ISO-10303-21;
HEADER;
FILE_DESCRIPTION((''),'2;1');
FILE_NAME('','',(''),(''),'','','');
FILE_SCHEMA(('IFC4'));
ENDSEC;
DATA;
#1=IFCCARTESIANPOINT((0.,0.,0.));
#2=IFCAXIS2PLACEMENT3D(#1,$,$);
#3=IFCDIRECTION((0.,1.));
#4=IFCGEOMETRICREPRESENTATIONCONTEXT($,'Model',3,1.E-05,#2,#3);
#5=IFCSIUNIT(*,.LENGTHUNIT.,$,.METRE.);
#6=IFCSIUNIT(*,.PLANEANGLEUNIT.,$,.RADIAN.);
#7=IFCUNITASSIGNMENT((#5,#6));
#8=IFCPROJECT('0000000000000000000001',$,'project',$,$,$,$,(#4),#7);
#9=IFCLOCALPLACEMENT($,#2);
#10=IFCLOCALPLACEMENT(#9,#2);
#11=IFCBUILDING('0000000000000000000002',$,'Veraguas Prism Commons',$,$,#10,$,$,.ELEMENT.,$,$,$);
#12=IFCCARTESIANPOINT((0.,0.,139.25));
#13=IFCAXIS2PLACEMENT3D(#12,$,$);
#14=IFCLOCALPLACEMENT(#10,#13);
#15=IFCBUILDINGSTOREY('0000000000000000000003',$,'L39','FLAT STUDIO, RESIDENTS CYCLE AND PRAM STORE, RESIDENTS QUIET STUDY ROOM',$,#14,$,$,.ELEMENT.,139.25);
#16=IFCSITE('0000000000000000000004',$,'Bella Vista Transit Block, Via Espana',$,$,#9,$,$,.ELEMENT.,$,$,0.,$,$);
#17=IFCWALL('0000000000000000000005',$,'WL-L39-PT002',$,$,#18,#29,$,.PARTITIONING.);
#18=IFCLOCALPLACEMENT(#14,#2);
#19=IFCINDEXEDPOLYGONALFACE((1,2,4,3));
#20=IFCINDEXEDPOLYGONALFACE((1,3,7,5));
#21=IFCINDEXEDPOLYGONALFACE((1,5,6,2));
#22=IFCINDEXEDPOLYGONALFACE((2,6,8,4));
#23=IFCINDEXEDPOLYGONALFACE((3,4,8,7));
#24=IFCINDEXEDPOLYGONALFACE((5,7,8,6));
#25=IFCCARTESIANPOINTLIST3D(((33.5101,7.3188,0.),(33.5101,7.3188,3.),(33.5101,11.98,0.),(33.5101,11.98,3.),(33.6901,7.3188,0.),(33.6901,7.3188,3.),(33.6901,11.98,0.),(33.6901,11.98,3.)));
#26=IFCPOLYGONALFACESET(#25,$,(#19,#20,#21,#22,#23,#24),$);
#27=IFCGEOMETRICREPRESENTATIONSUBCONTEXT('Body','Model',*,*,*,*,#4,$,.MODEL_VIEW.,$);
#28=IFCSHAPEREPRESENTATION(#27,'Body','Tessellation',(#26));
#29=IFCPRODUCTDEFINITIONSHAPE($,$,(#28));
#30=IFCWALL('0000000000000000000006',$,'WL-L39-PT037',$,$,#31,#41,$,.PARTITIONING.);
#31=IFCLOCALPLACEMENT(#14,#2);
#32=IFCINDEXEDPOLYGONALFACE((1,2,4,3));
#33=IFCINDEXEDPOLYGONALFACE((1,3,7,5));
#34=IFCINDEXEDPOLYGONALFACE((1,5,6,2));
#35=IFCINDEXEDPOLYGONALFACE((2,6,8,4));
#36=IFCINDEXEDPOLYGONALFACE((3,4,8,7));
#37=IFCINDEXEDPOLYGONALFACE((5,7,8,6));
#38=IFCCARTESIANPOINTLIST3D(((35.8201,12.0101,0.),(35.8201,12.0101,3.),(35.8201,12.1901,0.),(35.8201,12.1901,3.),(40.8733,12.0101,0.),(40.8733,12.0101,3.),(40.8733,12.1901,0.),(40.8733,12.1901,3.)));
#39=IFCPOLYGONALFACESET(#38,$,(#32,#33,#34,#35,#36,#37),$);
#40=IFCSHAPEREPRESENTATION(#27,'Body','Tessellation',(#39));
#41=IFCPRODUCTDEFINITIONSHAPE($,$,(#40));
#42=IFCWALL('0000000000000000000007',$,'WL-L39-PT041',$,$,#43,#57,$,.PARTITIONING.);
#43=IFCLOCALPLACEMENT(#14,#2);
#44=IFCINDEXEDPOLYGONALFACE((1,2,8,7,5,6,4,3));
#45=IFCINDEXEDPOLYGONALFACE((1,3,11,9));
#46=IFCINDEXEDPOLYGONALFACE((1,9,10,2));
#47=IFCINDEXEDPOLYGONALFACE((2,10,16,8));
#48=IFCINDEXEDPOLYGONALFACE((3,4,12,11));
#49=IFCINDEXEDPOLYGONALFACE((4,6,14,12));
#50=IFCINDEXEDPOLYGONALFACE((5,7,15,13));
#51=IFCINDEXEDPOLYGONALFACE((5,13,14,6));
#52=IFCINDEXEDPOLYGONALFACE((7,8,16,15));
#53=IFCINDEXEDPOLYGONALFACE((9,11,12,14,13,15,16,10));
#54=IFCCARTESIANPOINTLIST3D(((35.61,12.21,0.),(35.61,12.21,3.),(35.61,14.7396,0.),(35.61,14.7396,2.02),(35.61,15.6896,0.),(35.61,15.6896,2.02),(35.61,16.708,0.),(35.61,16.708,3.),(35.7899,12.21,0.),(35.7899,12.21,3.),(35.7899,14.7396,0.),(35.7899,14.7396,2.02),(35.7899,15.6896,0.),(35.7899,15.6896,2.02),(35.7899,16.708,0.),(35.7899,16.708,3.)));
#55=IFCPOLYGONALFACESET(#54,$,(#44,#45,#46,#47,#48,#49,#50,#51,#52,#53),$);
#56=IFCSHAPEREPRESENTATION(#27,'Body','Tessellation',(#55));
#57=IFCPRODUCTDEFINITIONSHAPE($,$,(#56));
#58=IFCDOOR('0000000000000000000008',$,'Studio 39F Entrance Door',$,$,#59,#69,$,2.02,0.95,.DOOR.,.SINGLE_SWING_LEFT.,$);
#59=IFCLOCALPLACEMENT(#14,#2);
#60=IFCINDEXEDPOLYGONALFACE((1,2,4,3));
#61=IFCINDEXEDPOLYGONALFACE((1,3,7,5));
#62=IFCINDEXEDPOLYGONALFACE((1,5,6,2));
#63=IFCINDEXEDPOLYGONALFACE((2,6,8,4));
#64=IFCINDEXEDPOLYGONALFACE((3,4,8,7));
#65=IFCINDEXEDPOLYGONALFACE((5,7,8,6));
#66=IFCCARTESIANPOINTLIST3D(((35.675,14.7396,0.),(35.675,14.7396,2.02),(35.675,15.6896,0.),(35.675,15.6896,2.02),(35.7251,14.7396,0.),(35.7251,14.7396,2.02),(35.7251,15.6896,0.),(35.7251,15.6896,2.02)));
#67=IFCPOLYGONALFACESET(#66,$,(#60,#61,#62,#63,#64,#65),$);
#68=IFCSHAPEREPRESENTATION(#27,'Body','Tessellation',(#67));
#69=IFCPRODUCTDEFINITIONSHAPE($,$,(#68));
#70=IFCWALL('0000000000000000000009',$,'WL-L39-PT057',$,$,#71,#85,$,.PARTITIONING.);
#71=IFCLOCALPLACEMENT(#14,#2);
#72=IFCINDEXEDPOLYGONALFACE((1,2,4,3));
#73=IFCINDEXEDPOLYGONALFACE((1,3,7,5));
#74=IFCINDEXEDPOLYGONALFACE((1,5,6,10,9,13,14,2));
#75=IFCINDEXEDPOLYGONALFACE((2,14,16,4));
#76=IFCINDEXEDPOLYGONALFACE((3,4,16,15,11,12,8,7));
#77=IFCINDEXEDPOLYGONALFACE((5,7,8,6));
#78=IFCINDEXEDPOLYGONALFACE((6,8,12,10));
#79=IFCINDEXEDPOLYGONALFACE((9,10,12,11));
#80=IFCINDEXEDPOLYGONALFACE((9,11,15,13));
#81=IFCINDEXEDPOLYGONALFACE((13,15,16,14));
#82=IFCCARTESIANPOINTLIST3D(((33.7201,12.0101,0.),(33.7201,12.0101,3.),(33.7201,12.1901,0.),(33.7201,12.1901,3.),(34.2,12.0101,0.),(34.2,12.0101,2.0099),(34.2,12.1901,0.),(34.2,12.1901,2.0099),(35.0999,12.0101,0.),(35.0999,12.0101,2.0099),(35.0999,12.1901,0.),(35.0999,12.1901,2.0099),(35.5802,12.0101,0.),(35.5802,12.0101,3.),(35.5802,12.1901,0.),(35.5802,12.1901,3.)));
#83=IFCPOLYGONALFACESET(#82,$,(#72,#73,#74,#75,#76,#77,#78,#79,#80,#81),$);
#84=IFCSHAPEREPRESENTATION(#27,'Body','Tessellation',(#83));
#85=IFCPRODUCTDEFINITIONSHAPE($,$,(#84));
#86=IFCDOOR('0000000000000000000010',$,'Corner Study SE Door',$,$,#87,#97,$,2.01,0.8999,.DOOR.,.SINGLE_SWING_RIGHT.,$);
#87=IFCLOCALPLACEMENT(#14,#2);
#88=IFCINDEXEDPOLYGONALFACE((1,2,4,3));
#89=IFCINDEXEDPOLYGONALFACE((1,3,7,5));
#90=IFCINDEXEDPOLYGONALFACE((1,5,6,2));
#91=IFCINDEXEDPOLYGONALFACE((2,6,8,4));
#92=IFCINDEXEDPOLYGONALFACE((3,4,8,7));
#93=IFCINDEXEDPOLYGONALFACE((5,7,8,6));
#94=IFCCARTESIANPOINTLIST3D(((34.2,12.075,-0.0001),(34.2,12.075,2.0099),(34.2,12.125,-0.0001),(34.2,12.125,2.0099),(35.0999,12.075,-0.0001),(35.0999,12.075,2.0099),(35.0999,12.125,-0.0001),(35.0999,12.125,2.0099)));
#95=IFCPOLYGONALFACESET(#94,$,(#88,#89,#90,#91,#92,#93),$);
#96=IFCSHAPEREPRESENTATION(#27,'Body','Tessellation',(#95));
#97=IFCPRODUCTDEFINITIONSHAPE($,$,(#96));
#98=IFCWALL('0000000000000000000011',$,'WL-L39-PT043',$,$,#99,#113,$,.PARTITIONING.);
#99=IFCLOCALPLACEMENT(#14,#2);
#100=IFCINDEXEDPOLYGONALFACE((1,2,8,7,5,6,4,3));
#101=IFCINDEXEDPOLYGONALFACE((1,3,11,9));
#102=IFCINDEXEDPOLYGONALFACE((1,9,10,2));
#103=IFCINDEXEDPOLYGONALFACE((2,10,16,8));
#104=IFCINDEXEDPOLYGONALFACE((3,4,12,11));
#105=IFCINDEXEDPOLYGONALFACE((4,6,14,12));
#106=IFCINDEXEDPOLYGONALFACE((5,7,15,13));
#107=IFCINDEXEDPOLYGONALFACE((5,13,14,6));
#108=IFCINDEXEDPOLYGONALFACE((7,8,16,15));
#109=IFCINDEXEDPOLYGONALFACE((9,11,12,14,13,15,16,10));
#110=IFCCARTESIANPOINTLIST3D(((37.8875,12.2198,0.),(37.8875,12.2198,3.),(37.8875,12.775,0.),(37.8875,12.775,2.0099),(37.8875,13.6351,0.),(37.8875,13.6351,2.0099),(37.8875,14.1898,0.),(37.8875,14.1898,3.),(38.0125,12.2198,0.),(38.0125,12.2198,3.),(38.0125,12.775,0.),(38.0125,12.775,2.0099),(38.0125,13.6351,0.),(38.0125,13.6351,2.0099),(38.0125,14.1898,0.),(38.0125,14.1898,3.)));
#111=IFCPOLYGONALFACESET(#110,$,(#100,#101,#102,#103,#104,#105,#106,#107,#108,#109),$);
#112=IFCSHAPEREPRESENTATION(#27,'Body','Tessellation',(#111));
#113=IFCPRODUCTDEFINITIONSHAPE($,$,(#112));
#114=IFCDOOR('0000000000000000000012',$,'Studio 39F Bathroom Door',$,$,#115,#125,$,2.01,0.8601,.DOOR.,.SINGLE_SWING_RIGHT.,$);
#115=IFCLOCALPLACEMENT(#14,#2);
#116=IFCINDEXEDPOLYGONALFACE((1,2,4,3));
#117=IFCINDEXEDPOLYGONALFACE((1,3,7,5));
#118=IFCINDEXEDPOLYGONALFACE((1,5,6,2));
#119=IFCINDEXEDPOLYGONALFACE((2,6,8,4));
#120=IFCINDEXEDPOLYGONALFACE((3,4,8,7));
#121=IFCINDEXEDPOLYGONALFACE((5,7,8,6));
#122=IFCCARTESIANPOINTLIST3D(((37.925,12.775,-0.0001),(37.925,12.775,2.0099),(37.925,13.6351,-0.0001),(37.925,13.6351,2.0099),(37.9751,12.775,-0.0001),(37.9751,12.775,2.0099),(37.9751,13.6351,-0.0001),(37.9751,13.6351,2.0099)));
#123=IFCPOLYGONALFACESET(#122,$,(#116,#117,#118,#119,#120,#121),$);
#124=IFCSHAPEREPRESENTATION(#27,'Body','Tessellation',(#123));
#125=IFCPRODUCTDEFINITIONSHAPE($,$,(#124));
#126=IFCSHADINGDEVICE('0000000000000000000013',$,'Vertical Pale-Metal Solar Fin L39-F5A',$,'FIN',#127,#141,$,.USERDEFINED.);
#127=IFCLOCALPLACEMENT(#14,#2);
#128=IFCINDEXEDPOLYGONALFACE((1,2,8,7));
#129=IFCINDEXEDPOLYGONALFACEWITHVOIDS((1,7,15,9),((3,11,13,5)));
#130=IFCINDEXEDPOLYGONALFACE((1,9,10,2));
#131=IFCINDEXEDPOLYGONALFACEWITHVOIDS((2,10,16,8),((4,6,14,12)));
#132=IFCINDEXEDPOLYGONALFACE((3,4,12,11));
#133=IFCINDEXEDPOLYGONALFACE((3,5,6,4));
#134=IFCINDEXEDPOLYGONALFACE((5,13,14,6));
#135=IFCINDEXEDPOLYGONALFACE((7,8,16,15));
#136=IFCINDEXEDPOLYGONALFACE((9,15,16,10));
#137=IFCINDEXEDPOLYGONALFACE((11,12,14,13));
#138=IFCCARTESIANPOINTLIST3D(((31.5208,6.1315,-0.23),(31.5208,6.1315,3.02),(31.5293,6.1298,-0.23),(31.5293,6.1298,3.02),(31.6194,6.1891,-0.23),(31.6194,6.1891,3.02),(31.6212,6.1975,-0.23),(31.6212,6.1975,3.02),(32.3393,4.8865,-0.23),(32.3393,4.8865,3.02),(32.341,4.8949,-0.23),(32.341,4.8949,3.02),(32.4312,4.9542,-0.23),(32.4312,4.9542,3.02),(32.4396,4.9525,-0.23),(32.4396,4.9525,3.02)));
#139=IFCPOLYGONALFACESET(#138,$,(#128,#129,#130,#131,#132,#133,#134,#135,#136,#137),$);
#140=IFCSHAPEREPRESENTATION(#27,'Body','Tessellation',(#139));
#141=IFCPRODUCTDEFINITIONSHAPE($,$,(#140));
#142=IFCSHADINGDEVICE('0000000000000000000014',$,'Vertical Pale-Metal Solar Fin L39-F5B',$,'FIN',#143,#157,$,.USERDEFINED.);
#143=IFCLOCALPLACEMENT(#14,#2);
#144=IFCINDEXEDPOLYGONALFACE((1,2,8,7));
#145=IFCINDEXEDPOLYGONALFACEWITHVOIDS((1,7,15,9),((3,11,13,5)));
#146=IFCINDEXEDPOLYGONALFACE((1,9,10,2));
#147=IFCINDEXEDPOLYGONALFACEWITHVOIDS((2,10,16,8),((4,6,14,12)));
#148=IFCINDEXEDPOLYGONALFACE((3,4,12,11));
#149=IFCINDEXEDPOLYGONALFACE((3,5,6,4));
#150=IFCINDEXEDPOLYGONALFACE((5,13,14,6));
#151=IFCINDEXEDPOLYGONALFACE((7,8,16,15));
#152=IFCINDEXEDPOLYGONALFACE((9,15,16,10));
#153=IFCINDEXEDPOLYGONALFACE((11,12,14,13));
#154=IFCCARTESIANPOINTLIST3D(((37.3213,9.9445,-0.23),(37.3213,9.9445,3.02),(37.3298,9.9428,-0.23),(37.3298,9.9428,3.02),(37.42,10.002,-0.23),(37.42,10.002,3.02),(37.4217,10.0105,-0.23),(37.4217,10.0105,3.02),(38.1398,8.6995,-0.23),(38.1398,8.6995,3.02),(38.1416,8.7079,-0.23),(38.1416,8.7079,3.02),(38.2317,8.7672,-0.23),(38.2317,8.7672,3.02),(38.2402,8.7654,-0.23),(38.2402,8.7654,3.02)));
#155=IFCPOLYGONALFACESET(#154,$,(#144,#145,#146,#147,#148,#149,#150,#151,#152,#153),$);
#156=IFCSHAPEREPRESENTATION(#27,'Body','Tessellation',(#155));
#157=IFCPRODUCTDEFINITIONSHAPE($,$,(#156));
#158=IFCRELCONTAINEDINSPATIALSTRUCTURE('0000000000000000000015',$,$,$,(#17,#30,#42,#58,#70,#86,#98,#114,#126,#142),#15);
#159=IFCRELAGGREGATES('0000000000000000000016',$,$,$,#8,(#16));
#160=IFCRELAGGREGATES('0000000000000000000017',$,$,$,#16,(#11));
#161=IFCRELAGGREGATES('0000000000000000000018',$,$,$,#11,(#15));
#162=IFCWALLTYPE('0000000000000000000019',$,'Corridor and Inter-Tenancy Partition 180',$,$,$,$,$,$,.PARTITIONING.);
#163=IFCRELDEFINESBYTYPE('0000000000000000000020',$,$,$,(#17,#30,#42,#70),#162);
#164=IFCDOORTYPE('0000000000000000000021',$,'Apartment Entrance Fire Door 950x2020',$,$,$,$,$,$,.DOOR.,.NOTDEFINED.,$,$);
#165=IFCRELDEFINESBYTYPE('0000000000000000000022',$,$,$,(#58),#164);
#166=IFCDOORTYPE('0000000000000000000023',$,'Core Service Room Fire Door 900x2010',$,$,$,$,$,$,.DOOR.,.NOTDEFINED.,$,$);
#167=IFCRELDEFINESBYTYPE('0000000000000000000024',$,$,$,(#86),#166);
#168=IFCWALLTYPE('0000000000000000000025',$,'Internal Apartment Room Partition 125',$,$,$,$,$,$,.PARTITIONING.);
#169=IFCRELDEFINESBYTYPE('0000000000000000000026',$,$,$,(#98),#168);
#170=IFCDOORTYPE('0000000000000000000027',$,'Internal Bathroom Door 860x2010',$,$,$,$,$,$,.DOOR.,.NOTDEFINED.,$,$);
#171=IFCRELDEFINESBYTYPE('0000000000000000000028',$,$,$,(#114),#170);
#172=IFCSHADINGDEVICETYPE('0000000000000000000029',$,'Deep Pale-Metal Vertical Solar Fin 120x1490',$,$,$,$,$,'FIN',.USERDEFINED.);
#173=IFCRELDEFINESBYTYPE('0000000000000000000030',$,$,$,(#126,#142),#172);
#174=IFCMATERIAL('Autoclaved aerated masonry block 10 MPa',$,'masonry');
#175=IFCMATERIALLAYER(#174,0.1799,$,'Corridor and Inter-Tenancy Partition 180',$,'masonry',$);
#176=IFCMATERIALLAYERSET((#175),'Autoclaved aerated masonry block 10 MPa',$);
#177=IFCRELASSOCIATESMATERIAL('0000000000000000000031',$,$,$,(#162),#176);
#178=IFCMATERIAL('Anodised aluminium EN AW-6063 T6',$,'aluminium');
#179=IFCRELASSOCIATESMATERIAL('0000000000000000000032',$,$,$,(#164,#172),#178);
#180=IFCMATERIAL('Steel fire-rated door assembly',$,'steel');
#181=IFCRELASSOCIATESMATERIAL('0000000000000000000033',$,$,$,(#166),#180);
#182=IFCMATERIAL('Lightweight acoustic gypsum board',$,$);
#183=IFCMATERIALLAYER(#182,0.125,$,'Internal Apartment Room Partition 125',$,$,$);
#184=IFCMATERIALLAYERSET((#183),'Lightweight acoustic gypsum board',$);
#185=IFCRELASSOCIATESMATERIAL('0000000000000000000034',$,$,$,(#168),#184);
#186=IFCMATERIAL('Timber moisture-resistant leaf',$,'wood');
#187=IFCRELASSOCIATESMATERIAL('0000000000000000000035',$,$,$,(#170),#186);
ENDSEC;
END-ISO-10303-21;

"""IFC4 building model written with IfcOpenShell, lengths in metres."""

from ifc_helpers import new_model, si_unit, direction, frame, frame_2d, origin, origin_2d, place, context, subcontext, project, spatial, rectangle, hollow_rectangle, extrude, source, transform, mapped, material, layer, layer_set, material_profile, profile_set, type_object, element, fill, save


model = new_model("IFC4")

# Units and contexts
model_context = context("Model", 3, precision=1e-05, world=origin(), true_north=direction((0.0, 1.0)))
body_context = subcontext(model_context, "Body", "Model", "MODEL_VIEW")
ifc_project = project(units=[si_unit("LENGTHUNIT", "METRE"), si_unit("PLANEANGLEUNIT", "RADIAN")], contexts=[model_context])

# Site, building, storey
site_placement = place(None, origin())
site = spatial("IfcSite", under=ifc_project, at=site_placement, Name="Bella Vista Transit Block, Via Espana", CompositionType="ELEMENT", RefElevation=0.0)
building_placement = place(site_placement, origin())
building = spatial("IfcBuilding", under=site, at=building_placement, Name="Veraguas Prism Commons", CompositionType="ELEMENT")
storey_placement = place(building_placement, frame((0.0, 0.0, 139.25)))
storey = spatial("IfcBuildingStorey", under=building, at=storey_placement, Name="L39", Description="FLAT STUDIO, RESIDENTS CYCLE AND PRAM STORE, RESIDENTS QUIET STUDY ROOM", CompositionType="ELEMENT", Elevation=139.25)

# Shared definitions
ifc_material_1 = material(Name="Anodised aluminium EN AW-6063 T6", Category="aluminium")

# Walls
ifc_material_2 = material(Name="Autoclaved aerated masonry block 10 MPa", Category="masonry")
ifc_layer_1 = layer(ifc_material_2, 0.1799, Name="Corridor and Inter-Tenancy Partition 180", Category="masonry")
ifc_layer_set_1 = layer_set([ifc_layer_1], Name="Autoclaved aerated masonry block 10 MPa")
wall_type_1 = type_object("IfcWallType", Name="Corridor and Inter-Tenancy Partition 180", PredefinedType="PARTITIONING", material=ifc_layer_set_1)
wall_1_placement = place(storey_placement, frame((33.6001, 11.98, 0.0), z_axis=(0.0, 0.0, 1.0), x_axis=(0.0, -1.0, 0.0)))
element("IfcWall", 1, at=wall_1_placement, inside=storey, type_object=wall_type_1, Name="WL-L39-PT002", PredefinedType="PARTITIONING", context=body_context, shape_type="SweptSolid", body=[
    extrude(rectangle(XDim=4.6611, YDim=0.1799, at=frame_2d((2.3306, 0.0))), origin(), (0.0, 0.0, 1.0), 3.0),
])
wall_2_placement = place(storey_placement, frame((35.8201, 12.1001, 0.0), z_axis=(0.0, 0.0, 1.0), x_axis=(1.0, 0.0, 0.0)))
element("IfcWall", 2, at=wall_2_placement, inside=storey, type_object=wall_type_1, Name="WL-L39-PT037", PredefinedType="PARTITIONING", context=body_context, shape_type="SweptSolid", body=[
    extrude(rectangle(XDim=5.0532, YDim=0.1799, at=frame_2d((2.5266, 0.0))), origin(), (0.0, 0.0, 1.0), 3.0),
])

# Walls, openings, doors
wall_3_placement = place(storey_placement, frame((35.7, 12.21, 0.0), z_axis=(0.0, 0.0, 1.0), x_axis=(0.0, 1.0, 0.0)))
wall_3 = element("IfcWall", 3, at=wall_3_placement, inside=storey, type_object=wall_type_1, Name="WL-L39-PT041", PredefinedType="PARTITIONING", context=body_context, shape_type="SweptSolid", body=[
    extrude(rectangle(XDim=4.498, YDim=0.1799, at=frame_2d((2.249, 0.0))), origin(), (0.0, 0.0, 1.0), 3.0),
])
opening_1_placement = place(wall_3_placement, frame((2.5295, 0.0, 0.0)))
opening_1 = element("IfcOpeningElement", 4, at=opening_1_placement, cuts=wall_3, PredefinedType="OPENING", context=body_context, shape_type="SweptSolid", body=[
    extrude(rectangle(XDim=0.95, YDim=2.02, at=frame_2d((0.4751, 1.01))), frame((0.0, 0.0999, 0.0), z_axis=(0.0, -1.0, 0.0), x_axis=(1.0, 0.0, 0.0)), (0.0, 0.0, 1.0), 0.2),
])
door_type_1 = type_object("IfcDoorType", Name="Apartment Entrance Fire Door 950x2020", OperationType="NOTDEFINED", PredefinedType="DOOR", material=ifc_material_1)
shared_shape_1 = source(origin(), body_context, "Body", "SweptSolid", [
    extrude(rectangle(XDim=0.95, YDim=2.02, at=frame_2d((0.4751, 1.01))), frame((0.0, 0.0249, 0.0), z_axis=(0.0, -1.0, 0.0), x_axis=(1.0, 0.0, 0.0)), (0.0, 0.0, 1.0), 0.05),
])
door_1_placement = place(opening_1_placement, origin())
door_1 = element("IfcDoor", 5, at=door_1_placement, inside=storey, type_object=door_type_1, Name="Studio 39F Entrance Door", OperationType="SINGLE_SWING_LEFT", OverallHeight=2.02, OverallWidth=0.95, PredefinedType="DOOR", context=body_context, shape_type="MappedRepresentation", body=[
    mapped(shared_shape_1, transform((0.0, 0.0, 0.0), scale=1.0)),
])
fill(opening_1, door_1)
wall_4_placement = place(storey_placement, frame((33.72, 12.1001, 0.0), z_axis=(0.0, 0.0, 1.0), x_axis=(1.0, 0.0, 0.0)))
wall_4 = element("IfcWall", 6, at=wall_4_placement, inside=storey, type_object=wall_type_1, Name="WL-L39-PT057", PredefinedType="PARTITIONING", context=body_context, shape_type="SweptSolid", body=[
    extrude(rectangle(XDim=1.8601, YDim=0.1799, at=frame_2d((0.9302, 0.0))), origin(), (0.0, 0.0, 1.0), 3.0),
])
opening_2_placement = place(wall_4_placement, frame((0.48, 0.0, 0.0)))
opening_2 = element("IfcOpeningElement", 7, at=opening_2_placement, cuts=wall_4, PredefinedType="OPENING", context=body_context, shape_type="SweptSolid", body=[
    extrude(rectangle(XDim=0.8999, YDim=2.01, at=frame_2d((0.45, 1.0049))), frame((0.0, 0.0999, 0.0), z_axis=(0.0, -1.0, 0.0), x_axis=(1.0, 0.0, 0.0)), (0.0, 0.0, 1.0), 0.2),
])
ifc_material_3 = material(Name="Steel fire-rated door assembly", Category="steel")
door_type_2 = type_object("IfcDoorType", Name="Core Service Room Fire Door 900x2010", OperationType="NOTDEFINED", PredefinedType="DOOR", material=ifc_material_3)
shared_shape_2 = source(origin(), body_context, "Body", "SweptSolid", [
    extrude(rectangle(XDim=0.8999, YDim=2.01, at=frame_2d((0.45, 1.0049))), frame((0.0, 0.0249, 0.0), z_axis=(0.0, -1.0, 0.0), x_axis=(1.0, 0.0, 0.0)), (0.0, 0.0, 1.0), 0.05),
])
door_2_placement = place(opening_2_placement, origin())
door_2 = element("IfcDoor", 8, at=door_2_placement, inside=storey, type_object=door_type_2, Name="Corner Study SE Door", OperationType="SINGLE_SWING_RIGHT", OverallHeight=2.01, OverallWidth=0.8999, PredefinedType="DOOR", context=body_context, shape_type="MappedRepresentation", body=[
    mapped(shared_shape_2, transform((0.0, 0.0, 0.0), scale=1.0)),
])
fill(opening_2, door_2)
ifc_material_4 = material(Name="Lightweight acoustic gypsum board")
ifc_layer_2 = layer(ifc_material_4, 0.125, Name="Internal Apartment Room Partition 125")
ifc_layer_set_2 = layer_set([ifc_layer_2], Name="Lightweight acoustic gypsum board")
wall_type_2 = type_object("IfcWallType", Name="Internal Apartment Room Partition 125", PredefinedType="PARTITIONING", material=ifc_layer_set_2)
wall_5_placement = place(storey_placement, frame((37.95, 12.22, 0.0), z_axis=(0.0, 0.0, 1.0), x_axis=(0.0, 1.0, 0.0)))
wall_5 = element("IfcWall", 9, at=wall_5_placement, inside=storey, type_object=wall_type_2, Name="WL-L39-PT043", PredefinedType="PARTITIONING", context=body_context, shape_type="SweptSolid", body=[
    extrude(rectangle(XDim=1.97, YDim=0.125, at=frame_2d((0.9849, 0.0))), origin(), (0.0, 0.0, 1.0), 3.0),
])
opening_3_placement = place(wall_5_placement, frame((0.5549, 0.0, 0.0)))
opening_3 = element("IfcOpeningElement", 10, at=opening_3_placement, cuts=wall_5, PredefinedType="OPENING", context=body_context, shape_type="SweptSolid", body=[
    extrude(rectangle(XDim=0.8601, YDim=2.01, at=frame_2d((0.4302, 1.0049))), frame((0.0, 0.0725, 0.0), z_axis=(0.0, -1.0, 0.0), x_axis=(1.0, 0.0, 0.0)), (0.0, 0.0, 1.0), 0.145),
])
ifc_material_5 = material(Name="Timber moisture-resistant leaf", Category="wood")
door_type_3 = type_object("IfcDoorType", Name="Internal Bathroom Door 860x2010", OperationType="NOTDEFINED", PredefinedType="DOOR", material=ifc_material_5)
shared_shape_3 = source(origin(), body_context, "Body", "SweptSolid", [
    extrude(rectangle(XDim=0.8601, YDim=2.01, at=frame_2d((0.4302, 1.0049))), frame((0.0, 0.0249, 0.0), z_axis=(0.0, -1.0, 0.0), x_axis=(1.0, 0.0, 0.0)), (0.0, 0.0, 1.0), 0.05),
])
door_3_placement = place(opening_3_placement, origin())
door_3 = element("IfcDoor", 11, at=door_3_placement, inside=storey, type_object=door_type_3, Name="Studio 39F Bathroom Door", OperationType="SINGLE_SWING_RIGHT", OverallHeight=2.01, OverallWidth=0.8601, PredefinedType="DOOR", context=body_context, shape_type="MappedRepresentation", body=[
    mapped(shared_shape_3, transform((0.0, 0.0, 0.0), scale=1.0)),
])
fill(opening_3, door_3)

# Shading devices
ifc_material_profile_1 = material_profile(ifc_material_1, hollow_rectangle(XDim=0.1201, YDim=1.49, WallThickness=0.0061, at=origin_2d()), Name="FIN120X1490X6")
ifc_profile_set_1 = profile_set([ifc_material_profile_1], Name="Anodised aluminium EN AW-6063 T6")
shading_device_type = type_object("IfcShadingDeviceType", Name="Deep Pale-Metal Vertical Solar Fin 120x1490", ElementType="FIN", PredefinedType="USERDEFINED", material=ifc_profile_set_1)
for number, where, z_axis, x_axis, name in (
    (12, (31.9802, 5.542, -0.23), (0.0, 0.0, 1.0), (0.835617, 0.549313, 0.0), "Vertical Pale-Metal Solar Fin L39-F5A"),
    (13, (37.7808, 9.355, -0.23), (0.0, 0.0, 1.0), (0.835617, 0.549313, 0.0), "Vertical Pale-Metal Solar Fin L39-F5B"),
):
    element("IfcShadingDevice", number, at=place(storey_placement, frame(where, z_axis=z_axis, x_axis=x_axis)), inside=storey, type_object=shading_device_type, Name=name, ObjectType="FIN", PredefinedType="USERDEFINED", context=body_context, shape_type="SweptSolid", body=[
        extrude(hollow_rectangle(XDim=0.1201, YDim=1.49, WallThickness=0.0061, at=origin_2d()), origin(), (0.0, 0.0, 1.0), 3.25),
    ])

save(model, "model.ifc")
